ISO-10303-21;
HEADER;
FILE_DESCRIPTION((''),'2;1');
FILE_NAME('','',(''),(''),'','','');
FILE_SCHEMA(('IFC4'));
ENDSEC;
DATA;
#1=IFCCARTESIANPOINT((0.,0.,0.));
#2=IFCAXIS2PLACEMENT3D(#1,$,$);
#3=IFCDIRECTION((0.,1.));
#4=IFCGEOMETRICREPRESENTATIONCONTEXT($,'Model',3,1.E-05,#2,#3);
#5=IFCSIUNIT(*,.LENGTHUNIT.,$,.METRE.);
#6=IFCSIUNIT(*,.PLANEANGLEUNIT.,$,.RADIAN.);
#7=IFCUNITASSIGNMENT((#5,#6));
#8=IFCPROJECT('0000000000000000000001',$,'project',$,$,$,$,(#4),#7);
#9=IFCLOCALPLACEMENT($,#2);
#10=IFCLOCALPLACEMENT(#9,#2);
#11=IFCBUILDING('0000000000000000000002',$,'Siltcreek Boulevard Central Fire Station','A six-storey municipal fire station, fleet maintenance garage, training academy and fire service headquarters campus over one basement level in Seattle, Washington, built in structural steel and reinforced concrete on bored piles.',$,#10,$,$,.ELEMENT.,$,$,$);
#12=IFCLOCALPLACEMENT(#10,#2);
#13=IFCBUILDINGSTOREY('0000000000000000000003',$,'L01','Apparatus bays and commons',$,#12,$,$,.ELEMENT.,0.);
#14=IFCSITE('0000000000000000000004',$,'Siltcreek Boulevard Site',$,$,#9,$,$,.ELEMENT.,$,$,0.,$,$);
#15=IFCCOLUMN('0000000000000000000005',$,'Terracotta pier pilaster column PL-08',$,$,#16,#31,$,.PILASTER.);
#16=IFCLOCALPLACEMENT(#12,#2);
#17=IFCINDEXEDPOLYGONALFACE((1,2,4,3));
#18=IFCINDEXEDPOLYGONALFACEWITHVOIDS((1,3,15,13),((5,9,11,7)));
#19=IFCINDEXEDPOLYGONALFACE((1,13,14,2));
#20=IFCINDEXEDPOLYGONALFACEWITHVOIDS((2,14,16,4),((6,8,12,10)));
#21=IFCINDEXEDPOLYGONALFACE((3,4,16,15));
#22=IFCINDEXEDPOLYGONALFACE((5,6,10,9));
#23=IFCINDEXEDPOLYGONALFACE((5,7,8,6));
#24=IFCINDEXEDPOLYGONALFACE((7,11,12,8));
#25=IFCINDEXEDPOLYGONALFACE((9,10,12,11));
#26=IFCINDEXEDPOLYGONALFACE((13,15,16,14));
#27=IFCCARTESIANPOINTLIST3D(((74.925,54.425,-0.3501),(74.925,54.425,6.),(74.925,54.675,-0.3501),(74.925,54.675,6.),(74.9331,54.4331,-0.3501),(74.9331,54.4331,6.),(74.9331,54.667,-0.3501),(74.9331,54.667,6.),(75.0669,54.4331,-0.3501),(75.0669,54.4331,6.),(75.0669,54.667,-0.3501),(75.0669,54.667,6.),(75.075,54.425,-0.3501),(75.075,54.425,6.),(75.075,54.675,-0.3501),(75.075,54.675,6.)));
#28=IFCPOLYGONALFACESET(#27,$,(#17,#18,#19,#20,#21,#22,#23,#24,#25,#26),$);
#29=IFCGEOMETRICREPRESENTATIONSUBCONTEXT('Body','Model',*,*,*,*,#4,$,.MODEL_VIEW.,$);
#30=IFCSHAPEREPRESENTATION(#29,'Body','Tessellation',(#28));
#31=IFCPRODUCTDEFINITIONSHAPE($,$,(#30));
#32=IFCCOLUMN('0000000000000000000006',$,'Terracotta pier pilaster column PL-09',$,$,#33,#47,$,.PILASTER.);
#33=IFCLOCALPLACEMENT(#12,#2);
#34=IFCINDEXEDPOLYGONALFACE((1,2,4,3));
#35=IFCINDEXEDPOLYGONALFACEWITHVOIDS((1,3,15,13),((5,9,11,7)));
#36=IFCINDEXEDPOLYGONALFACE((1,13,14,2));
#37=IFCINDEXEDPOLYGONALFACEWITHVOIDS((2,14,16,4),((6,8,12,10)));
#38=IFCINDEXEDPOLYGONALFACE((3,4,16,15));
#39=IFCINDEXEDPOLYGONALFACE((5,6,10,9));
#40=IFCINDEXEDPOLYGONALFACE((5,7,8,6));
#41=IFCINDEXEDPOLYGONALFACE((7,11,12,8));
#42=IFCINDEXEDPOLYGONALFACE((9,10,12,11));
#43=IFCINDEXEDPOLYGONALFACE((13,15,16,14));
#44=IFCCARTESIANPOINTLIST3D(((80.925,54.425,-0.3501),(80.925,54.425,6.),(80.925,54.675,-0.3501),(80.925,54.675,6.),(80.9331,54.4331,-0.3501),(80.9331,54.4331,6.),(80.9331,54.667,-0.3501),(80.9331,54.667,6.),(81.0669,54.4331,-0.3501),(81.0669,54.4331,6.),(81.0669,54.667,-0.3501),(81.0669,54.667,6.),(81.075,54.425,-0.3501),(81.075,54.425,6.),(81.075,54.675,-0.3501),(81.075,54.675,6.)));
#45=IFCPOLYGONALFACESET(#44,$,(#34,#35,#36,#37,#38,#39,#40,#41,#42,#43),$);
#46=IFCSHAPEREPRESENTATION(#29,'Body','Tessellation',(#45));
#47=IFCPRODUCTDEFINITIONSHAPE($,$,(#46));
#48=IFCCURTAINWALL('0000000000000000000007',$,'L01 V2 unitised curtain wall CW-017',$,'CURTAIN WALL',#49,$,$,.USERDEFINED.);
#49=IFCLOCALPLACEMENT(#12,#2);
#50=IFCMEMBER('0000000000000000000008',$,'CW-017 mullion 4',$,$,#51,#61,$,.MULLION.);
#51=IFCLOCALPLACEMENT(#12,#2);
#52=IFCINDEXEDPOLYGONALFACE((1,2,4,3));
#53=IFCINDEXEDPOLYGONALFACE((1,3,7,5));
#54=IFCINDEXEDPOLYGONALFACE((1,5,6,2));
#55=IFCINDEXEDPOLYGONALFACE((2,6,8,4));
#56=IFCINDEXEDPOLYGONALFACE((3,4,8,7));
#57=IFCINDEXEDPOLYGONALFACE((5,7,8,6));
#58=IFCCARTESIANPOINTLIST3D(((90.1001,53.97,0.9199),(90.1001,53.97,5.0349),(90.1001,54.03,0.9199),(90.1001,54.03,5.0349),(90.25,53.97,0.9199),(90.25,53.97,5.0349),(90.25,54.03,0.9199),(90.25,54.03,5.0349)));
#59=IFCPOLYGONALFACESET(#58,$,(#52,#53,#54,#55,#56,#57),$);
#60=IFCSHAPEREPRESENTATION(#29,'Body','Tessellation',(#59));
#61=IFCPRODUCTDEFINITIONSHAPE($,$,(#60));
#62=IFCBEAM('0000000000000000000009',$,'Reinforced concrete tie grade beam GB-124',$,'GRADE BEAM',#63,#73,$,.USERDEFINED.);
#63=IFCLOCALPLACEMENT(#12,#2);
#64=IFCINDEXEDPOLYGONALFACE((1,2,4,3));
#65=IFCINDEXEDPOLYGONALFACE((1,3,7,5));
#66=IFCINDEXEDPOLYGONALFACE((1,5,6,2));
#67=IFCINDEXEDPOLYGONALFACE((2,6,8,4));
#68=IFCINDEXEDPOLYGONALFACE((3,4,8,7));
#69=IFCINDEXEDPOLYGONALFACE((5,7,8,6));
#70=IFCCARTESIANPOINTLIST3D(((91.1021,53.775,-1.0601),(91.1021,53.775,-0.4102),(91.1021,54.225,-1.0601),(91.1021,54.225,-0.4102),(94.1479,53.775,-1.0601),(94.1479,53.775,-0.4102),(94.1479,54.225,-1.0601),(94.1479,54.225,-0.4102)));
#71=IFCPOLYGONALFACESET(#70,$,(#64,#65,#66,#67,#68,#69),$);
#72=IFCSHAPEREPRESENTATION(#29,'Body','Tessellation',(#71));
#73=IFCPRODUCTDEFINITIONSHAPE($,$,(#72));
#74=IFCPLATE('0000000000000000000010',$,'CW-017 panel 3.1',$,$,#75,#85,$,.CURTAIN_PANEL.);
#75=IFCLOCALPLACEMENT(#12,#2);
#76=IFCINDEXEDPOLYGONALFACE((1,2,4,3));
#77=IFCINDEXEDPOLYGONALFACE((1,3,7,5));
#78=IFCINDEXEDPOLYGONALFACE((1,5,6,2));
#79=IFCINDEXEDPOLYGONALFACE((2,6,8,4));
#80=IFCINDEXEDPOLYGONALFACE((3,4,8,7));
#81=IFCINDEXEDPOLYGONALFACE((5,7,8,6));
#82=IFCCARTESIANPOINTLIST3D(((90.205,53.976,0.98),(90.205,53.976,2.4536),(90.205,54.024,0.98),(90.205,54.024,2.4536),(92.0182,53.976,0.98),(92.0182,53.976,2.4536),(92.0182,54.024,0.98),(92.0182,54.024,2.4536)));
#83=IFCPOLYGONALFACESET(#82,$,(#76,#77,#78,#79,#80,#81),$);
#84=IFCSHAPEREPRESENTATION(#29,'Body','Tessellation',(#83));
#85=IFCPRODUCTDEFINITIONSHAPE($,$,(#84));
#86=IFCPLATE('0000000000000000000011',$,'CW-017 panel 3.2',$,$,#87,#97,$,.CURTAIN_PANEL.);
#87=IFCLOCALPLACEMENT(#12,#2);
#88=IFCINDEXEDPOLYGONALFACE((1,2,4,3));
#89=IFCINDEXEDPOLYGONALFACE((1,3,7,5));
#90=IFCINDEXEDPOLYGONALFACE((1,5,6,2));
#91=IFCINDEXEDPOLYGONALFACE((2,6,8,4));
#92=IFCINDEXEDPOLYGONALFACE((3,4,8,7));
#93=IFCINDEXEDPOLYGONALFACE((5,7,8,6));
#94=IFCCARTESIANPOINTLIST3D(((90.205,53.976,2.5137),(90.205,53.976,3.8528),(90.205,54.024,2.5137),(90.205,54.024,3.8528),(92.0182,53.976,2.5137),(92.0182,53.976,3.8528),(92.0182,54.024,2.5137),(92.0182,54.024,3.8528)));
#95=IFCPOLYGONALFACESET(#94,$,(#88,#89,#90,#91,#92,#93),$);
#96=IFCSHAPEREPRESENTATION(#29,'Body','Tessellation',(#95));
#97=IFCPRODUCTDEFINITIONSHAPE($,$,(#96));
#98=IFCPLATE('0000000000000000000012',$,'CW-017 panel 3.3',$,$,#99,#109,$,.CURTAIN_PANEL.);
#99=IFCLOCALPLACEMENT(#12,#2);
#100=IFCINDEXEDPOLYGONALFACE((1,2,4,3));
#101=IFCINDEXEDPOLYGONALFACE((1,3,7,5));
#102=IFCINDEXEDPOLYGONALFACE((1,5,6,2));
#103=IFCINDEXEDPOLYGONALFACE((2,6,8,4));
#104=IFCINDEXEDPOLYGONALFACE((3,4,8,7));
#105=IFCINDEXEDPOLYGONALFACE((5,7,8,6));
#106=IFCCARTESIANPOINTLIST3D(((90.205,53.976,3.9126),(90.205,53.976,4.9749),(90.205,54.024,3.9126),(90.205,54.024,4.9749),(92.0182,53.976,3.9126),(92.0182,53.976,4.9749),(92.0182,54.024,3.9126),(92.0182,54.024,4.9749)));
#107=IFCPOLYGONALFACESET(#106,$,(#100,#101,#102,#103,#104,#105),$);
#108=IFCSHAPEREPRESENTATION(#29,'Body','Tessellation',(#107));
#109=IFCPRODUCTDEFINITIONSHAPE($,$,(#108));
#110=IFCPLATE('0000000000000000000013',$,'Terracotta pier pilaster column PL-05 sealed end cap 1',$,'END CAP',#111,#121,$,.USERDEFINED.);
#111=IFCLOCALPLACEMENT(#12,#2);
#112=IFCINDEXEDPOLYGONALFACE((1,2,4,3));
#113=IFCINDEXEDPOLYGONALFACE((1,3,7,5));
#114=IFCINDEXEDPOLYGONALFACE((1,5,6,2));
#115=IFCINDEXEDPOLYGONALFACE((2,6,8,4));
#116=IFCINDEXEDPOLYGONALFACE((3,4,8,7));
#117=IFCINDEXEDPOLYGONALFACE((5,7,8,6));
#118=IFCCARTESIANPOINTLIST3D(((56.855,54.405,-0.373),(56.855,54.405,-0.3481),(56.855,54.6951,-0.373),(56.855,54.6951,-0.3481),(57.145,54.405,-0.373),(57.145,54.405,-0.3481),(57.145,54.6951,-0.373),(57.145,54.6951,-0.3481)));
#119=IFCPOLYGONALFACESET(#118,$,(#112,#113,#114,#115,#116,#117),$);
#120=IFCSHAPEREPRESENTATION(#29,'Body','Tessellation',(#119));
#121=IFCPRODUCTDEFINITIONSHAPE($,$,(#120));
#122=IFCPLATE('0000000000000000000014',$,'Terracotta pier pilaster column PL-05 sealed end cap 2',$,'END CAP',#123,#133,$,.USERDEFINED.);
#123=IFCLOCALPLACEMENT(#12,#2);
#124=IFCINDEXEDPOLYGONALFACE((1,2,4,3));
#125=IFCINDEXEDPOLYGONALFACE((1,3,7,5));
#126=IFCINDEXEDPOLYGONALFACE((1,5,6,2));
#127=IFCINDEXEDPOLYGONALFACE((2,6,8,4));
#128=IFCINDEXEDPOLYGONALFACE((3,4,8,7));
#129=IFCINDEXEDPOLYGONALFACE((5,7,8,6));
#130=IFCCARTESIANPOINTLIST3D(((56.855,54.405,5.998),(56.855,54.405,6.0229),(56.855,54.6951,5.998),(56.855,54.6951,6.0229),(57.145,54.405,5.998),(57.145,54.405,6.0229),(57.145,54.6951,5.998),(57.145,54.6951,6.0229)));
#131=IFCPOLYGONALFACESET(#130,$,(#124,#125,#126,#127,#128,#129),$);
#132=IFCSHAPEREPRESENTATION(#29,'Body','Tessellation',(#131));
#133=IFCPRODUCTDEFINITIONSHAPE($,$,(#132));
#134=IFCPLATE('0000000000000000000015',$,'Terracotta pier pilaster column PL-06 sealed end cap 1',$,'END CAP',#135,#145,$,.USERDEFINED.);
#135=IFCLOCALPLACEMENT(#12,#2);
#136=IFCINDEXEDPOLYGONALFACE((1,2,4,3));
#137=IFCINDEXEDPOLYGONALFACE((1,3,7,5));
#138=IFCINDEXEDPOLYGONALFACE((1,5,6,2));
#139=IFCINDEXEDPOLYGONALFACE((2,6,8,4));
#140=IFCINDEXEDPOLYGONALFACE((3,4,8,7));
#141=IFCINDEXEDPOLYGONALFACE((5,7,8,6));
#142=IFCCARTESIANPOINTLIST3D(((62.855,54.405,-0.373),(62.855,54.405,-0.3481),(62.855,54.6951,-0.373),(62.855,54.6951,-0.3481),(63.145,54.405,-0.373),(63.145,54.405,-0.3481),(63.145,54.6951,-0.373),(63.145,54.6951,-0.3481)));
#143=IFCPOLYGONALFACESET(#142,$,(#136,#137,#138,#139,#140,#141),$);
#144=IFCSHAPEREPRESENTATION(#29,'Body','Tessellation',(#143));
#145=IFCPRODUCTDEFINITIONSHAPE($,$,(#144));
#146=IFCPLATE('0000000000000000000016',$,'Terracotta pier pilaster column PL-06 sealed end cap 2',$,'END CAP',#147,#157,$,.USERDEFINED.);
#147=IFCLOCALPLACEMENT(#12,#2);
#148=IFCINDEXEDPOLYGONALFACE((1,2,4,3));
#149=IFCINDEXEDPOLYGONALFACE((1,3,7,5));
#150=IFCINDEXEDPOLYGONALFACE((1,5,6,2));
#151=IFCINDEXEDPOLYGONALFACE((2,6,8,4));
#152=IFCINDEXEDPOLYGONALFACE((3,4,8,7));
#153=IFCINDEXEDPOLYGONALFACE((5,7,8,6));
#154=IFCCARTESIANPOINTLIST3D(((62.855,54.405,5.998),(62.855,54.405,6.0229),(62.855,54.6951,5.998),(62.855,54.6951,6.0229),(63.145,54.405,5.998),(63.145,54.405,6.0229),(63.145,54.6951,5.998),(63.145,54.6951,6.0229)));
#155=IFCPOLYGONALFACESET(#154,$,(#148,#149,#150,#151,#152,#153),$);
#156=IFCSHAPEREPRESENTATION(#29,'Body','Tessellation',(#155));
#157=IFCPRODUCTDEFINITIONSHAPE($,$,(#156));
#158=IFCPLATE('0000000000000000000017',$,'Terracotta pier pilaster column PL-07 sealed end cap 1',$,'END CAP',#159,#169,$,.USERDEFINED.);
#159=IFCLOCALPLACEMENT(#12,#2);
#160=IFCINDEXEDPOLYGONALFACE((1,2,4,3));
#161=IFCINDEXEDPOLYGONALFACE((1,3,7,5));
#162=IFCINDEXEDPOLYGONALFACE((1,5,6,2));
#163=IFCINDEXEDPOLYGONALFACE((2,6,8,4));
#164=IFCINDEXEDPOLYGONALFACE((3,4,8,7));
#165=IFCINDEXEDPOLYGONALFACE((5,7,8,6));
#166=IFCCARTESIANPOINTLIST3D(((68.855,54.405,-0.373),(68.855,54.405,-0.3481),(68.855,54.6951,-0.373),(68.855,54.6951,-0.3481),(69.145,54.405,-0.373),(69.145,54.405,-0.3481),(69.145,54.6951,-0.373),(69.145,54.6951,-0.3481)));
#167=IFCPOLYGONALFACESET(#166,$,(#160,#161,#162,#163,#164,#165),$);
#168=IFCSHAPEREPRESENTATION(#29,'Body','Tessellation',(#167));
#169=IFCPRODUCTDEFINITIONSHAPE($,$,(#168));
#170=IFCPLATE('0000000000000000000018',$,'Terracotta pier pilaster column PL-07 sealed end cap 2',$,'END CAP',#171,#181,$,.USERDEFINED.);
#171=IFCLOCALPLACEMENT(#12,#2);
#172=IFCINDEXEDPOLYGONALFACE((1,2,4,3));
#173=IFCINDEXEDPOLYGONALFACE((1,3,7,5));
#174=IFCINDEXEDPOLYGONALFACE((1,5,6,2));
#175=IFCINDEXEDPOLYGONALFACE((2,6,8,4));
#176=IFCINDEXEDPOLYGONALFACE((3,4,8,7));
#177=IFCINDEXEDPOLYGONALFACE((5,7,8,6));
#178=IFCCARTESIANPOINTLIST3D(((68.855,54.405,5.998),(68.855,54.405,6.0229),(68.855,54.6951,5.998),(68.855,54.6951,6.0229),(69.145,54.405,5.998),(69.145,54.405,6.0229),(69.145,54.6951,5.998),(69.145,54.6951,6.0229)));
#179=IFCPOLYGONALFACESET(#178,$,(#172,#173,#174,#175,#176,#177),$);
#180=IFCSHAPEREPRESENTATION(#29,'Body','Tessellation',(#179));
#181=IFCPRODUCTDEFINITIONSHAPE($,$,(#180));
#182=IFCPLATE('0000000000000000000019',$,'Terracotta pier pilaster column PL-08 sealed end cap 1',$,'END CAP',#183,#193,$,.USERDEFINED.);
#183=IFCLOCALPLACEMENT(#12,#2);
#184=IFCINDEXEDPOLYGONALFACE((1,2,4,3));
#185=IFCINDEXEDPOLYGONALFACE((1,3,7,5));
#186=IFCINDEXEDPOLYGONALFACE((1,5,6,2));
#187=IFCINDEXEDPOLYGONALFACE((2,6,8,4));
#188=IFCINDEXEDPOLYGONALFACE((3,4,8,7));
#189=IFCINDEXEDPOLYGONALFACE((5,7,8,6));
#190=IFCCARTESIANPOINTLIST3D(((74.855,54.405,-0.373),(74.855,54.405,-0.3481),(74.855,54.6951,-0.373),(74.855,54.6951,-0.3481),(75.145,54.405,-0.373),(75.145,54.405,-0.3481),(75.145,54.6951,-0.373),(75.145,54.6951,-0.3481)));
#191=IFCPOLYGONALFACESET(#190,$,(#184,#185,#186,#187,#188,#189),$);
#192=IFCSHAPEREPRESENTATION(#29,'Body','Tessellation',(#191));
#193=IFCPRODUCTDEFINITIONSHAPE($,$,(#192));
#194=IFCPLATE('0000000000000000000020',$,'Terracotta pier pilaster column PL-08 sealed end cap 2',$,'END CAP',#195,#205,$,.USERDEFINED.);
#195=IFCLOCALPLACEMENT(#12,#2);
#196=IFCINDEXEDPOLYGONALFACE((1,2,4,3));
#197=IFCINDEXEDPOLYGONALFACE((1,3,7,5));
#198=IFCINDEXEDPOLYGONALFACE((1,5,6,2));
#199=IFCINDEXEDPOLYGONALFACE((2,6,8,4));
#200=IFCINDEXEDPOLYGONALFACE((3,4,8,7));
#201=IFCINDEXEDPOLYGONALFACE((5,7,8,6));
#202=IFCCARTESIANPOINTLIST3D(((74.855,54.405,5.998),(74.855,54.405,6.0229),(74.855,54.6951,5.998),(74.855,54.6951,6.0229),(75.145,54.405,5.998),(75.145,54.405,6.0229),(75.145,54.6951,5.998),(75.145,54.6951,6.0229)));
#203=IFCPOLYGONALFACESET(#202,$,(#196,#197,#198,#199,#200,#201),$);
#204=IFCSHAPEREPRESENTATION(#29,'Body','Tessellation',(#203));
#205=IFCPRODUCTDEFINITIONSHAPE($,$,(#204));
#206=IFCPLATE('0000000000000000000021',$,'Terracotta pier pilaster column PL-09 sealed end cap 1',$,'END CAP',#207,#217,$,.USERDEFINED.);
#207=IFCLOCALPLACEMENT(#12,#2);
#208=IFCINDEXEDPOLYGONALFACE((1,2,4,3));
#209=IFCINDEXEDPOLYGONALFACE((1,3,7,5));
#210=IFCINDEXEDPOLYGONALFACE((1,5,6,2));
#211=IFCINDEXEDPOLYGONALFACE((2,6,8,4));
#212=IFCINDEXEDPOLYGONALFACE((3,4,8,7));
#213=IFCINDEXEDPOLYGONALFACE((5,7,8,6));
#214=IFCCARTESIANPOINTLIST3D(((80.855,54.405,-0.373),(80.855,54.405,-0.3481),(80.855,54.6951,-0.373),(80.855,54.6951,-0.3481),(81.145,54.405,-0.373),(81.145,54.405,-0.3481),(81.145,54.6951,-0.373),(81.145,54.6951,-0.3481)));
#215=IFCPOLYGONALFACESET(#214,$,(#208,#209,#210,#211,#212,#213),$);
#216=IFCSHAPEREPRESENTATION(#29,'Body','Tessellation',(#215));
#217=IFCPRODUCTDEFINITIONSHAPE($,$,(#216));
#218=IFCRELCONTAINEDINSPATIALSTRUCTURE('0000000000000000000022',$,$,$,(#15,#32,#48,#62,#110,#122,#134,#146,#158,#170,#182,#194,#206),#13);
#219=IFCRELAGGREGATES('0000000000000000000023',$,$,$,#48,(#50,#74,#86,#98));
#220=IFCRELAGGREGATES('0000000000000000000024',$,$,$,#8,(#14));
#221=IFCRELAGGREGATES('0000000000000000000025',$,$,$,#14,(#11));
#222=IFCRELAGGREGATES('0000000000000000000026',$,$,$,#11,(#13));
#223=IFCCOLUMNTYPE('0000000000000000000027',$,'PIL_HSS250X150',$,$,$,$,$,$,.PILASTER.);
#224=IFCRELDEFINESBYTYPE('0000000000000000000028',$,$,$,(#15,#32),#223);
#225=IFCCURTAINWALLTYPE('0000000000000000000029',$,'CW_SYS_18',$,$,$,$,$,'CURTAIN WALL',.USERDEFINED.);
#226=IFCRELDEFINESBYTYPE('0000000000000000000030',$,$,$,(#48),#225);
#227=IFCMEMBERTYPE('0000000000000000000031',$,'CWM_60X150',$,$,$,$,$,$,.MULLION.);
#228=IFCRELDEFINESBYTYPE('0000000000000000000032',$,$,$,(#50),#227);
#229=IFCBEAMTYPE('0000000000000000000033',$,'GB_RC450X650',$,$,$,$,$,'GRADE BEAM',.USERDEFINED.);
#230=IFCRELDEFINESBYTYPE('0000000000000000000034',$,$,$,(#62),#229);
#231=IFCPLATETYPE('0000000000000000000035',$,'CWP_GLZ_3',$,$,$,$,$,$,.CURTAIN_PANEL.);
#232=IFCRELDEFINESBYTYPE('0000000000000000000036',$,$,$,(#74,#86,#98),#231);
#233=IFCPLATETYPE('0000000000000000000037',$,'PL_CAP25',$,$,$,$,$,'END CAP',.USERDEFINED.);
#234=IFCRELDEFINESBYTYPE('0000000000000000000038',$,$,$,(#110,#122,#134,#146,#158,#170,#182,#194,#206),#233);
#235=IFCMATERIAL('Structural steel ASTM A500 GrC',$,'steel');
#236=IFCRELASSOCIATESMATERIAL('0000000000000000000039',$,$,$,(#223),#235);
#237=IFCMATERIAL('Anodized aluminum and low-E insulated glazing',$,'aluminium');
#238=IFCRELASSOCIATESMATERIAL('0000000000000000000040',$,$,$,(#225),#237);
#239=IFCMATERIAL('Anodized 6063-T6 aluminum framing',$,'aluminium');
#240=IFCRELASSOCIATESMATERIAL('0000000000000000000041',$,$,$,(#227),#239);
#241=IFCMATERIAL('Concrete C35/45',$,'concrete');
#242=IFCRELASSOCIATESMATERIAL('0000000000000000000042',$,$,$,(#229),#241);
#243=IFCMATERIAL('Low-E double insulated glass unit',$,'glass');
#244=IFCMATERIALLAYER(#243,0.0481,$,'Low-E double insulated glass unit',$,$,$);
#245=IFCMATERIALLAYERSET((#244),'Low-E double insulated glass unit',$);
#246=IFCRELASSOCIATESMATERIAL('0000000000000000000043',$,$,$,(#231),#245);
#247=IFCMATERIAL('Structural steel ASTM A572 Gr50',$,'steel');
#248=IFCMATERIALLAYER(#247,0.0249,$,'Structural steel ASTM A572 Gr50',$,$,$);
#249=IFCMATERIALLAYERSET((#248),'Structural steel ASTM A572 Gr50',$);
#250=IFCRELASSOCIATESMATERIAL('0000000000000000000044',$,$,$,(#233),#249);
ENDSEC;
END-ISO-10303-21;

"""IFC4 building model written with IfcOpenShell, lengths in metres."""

from ifc_helpers import new_model, si_unit, direction, frame, origin, origin_2d, place, context, subcontext, project, spatial, rectangle, hollow_rectangle, extrude, material, layer, layer_set, material_profile, profile_set, type_object, element, aggregate, save


model = new_model("IFC4")

# Units and contexts
model_context = context("Model", 3, precision=1e-05, world=origin(), true_north=direction((0.0, 1.0)))
body_context = subcontext(model_context, "Body", "Model", "MODEL_VIEW")
ifc_project = project(units=[si_unit("LENGTHUNIT", "METRE"), si_unit("PLANEANGLEUNIT", "RADIAN")], contexts=[model_context])

# Site, building, storey
site_placement = place(None, origin())
site = spatial("IfcSite", under=ifc_project, at=site_placement, Name="Siltcreek Boulevard Site", CompositionType="ELEMENT", RefElevation=0.0)
building_placement = place(site_placement, origin())
building = spatial("IfcBuilding", under=site, at=building_placement, Name="Siltcreek Boulevard Central Fire Station", Description="A six-storey municipal fire station, fleet maintenance garage, training academy and fire service headquarters campus over one basement level in Seattle, Washington, built in structural steel and reinforced concrete on bored piles.", CompositionType="ELEMENT")
storey_placement = place(building_placement, origin())
storey = spatial("IfcBuildingStorey", under=building, at=storey_placement, Name="L01", Description="Apparatus bays and commons", CompositionType="ELEMENT", Elevation=0.0)

# Shared definitions
ifc_material_1 = material(Name="Concrete C35/45", Category="concrete")

# Columns
ifc_material_2 = material(Name="Structural steel ASTM A500 GrC", Category="steel")
ifc_material_profile_1 = material_profile(ifc_material_2, hollow_rectangle(XDim=0.1499, YDim=0.25, WallThickness=0.0081, at=origin_2d()), Name="HSS250X150X8.0")
ifc_profile_set_1 = profile_set([ifc_material_profile_1], Name="Structural steel ASTM A500 GrC")
column_type_1 = type_object("IfcColumnType", Name="PIL_HSS250X150", PredefinedType="PILASTER", material=ifc_profile_set_1)
for number, where, z_axis, x_axis, name in (
    (1, (75.0, 54.55, -0.3501), (0.0, 0.0, 1.0), (1.0, 0.0, 0.0), "Terracotta pier pilaster column PL-08"),
    (2, (81.0, 54.55, -0.3501), (0.0, 0.0, 1.0), (1.0, 0.0, 0.0), "Terracotta pier pilaster column PL-09"),
):
    element("IfcColumn", number, at=place(storey_placement, frame(where, z_axis=z_axis, x_axis=x_axis)), inside=storey, type_object=column_type_1, Name=name, PredefinedType="PILASTER", context=body_context, shape_type="SweptSolid", body=[
        extrude(hollow_rectangle(XDim=0.1499, YDim=0.25, WallThickness=0.0081, at=origin_2d()), origin(), (0.0, 0.0, 1.0), 6.3501),
    ])

# Curtain wall, member
ifc_material_3 = material(Name="Anodized aluminum and low-E insulated glazing", Category="aluminium")
curtain_wall_type = type_object("IfcCurtainWallType", Name="CW_SYS_18", ElementType="CURTAIN WALL", PredefinedType="USERDEFINED", material=ifc_material_3)
curtain_wall_placement = place(storey_placement, origin())
curtain_wall = element("IfcCurtainWall", 3, at=curtain_wall_placement, inside=storey, type_object=curtain_wall_type, Name="L01 V2 unitised curtain wall CW-017", ObjectType="CURTAIN WALL", PredefinedType="USERDEFINED")
ifc_material_4 = material(Name="Anodized 6063-T6 aluminum framing", Category="aluminium")
ifc_material_profile_2 = material_profile(ifc_material_4, rectangle(XDim=0.0601, YDim=0.1499, at=origin_2d()), Name="MULL60X150")
ifc_profile_set_2 = profile_set([ifc_material_profile_2], Name="Anodized 6063-T6 aluminum framing")
member_type = type_object("IfcMemberType", Name="CWM_60X150", PredefinedType="MULLION", material=ifc_profile_set_2)
member_placement = place(storey_placement, frame((90.175, 54.0, 0.9199), z_axis=(0.0, 0.0, 1.0), x_axis=(0.0, -1.0, 0.0)))
member = element("IfcMember", 4, at=member_placement, type_object=member_type, Name="CW-017 mullion 4", PredefinedType="MULLION", context=body_context, shape_type="SweptSolid", body=[
    extrude(rectangle(XDim=0.0601, YDim=0.1499, at=origin_2d()), origin(), (0.0, 0.0, 1.0), 4.115),
])

# Beam
ifc_material_profile_3 = material_profile(ifc_material_1, rectangle(XDim=0.45, YDim=0.6499, at=origin_2d()), Name="RC450X650")
ifc_profile_set_3 = profile_set([ifc_material_profile_3], Name="Concrete C35/45")
beam_type = type_object("IfcBeamType", Name="GB_RC450X650", ElementType="GRADE BEAM", PredefinedType="USERDEFINED", material=ifc_profile_set_3)
beam_placement = place(storey_placement, frame((91.1021, 54.0, -0.7351), z_axis=(1.0, 0.0, 0.0), x_axis=(0.0, 1.0, 0.0)))
element("IfcBeam", 5, at=beam_placement, inside=storey, type_object=beam_type, Name="Reinforced concrete tie grade beam GB-124", ObjectType="GRADE BEAM", PredefinedType="USERDEFINED", context=body_context, shape_type="SweptSolid", body=[
    extrude(rectangle(XDim=0.45, YDim=0.6499, at=origin_2d()), origin(), (0.0, 0.0, 1.0), 3.0459),
])

# Plates
ifc_material_5 = material(Name="Low-E double insulated glass unit", Category="glass")
ifc_layer_1 = layer(ifc_material_5, 0.0481, Name="Low-E double insulated glass unit")
ifc_layer_set_1 = layer_set([ifc_layer_1], Name="Low-E double insulated glass unit")
plate_type_1 = type_object("IfcPlateType", Name="CWP_GLZ_3", PredefinedType="CURTAIN_PANEL", material=ifc_layer_set_1)
plate_1_placement = place(storey_placement, frame((91.1116, 54.0, 0.98), z_axis=(0.0, 0.0, 1.0), x_axis=(-1.0, 0.0, 0.0)))
plate_1 = element("IfcPlate", 6, at=plate_1_placement, type_object=plate_type_1, Name="CW-017 panel 3.1", PredefinedType="CURTAIN_PANEL", context=body_context, shape_type="SweptSolid", body=[
    extrude(rectangle(XDim=1.8132, YDim=0.0481, at=origin_2d()), origin(), (0.0, 0.0, 1.0), 1.4736),
])
plate_2_placement = place(storey_placement, frame((91.1116, 54.0, 2.5137), z_axis=(0.0, 0.0, 1.0), x_axis=(-1.0, 0.0, 0.0)))
plate_2 = element("IfcPlate", 7, at=plate_2_placement, type_object=plate_type_1, Name="CW-017 panel 3.2", PredefinedType="CURTAIN_PANEL", context=body_context, shape_type="SweptSolid", body=[
    extrude(rectangle(XDim=1.8132, YDim=0.0481, at=origin_2d()), origin(), (0.0, 0.0, 1.0), 1.3391),
])
plate_3_placement = place(storey_placement, frame((91.1116, 54.0, 3.9126), z_axis=(0.0, 0.0, 1.0), x_axis=(-1.0, 0.0, 0.0)))
plate_3 = element("IfcPlate", 8, at=plate_3_placement, type_object=plate_type_1, Name="CW-017 panel 3.3", PredefinedType="CURTAIN_PANEL", context=body_context, shape_type="SweptSolid", body=[
    extrude(rectangle(XDim=1.8132, YDim=0.0481, at=origin_2d()), origin(), (0.0, 0.0, 1.0), 1.0623),
])
aggregate(curtain_wall, [member, plate_1, plate_2, plate_3])

# Plates
ifc_material_6 = material(Name="Structural steel ASTM A572 Gr50", Category="steel")
ifc_layer_2 = layer(ifc_material_6, 0.0249, Name="Structural steel ASTM A572 Gr50")
ifc_layer_set_2 = layer_set([ifc_layer_2], Name="Structural steel ASTM A572 Gr50")
plate_type_2 = type_object("IfcPlateType", Name="PL_CAP25", ElementType="END CAP", PredefinedType="USERDEFINED", material=ifc_layer_set_2)
for number, where, z_axis, x_axis, name in (
    (9, (57.0, 54.55, -0.373), (0.0, 0.0, 1.0), (1.0, 0.0, 0.0), "Terracotta pier pilaster column PL-05 sealed end cap 1"),
    (10, (57.0, 54.55, 5.998), (0.0, 0.0, 1.0), (1.0, 0.0, 0.0), "Terracotta pier pilaster column PL-05 sealed end cap 2"),
    (11, (63.0, 54.55, -0.373), (0.0, 0.0, 1.0), (1.0, 0.0, 0.0), "Terracotta pier pilaster column PL-06 sealed end cap 1"),
    (12, (63.0, 54.55, 5.998), (0.0, 0.0, 1.0), (1.0, 0.0, 0.0), "Terracotta pier pilaster column PL-06 sealed end cap 2"),
    (13, (69.0, 54.55, -0.373), (0.0, 0.0, 1.0), (1.0, 0.0, 0.0), "Terracotta pier pilaster column PL-07 sealed end cap 1"),
    (14, (69.0, 54.55, 5.998), (0.0, 0.0, 1.0), (1.0, 0.0, 0.0), "Terracotta pier pilaster column PL-07 sealed end cap 2"),
    (15, (75.0, 54.55, -0.373), (0.0, 0.0, 1.0), (1.0, 0.0, 0.0), "Terracotta pier pilaster column PL-08 sealed end cap 1"),
    (16, (75.0, 54.55, 5.998), (0.0, 0.0, 1.0), (1.0, 0.0, 0.0), "Terracotta pier pilaster column PL-08 sealed end cap 2"),
    (17, (81.0, 54.55, -0.373), (0.0, 0.0, 1.0), (1.0, 0.0, 0.0), "Terracotta pier pilaster column PL-09 sealed end cap 1"),
):
    element("IfcPlate", number, at=place(storey_placement, frame(where, z_axis=z_axis, x_axis=x_axis)), inside=storey, type_object=plate_type_2, Name=name, ObjectType="END CAP", PredefinedType="USERDEFINED", context=body_context, shape_type="SweptSolid", body=[
        extrude(rectangle(XDim=0.29, YDim=0.29, at=origin_2d()), origin(), (0.0, 0.0, 1.0), 0.0249),
    ])

save(model, "model.ifc")
